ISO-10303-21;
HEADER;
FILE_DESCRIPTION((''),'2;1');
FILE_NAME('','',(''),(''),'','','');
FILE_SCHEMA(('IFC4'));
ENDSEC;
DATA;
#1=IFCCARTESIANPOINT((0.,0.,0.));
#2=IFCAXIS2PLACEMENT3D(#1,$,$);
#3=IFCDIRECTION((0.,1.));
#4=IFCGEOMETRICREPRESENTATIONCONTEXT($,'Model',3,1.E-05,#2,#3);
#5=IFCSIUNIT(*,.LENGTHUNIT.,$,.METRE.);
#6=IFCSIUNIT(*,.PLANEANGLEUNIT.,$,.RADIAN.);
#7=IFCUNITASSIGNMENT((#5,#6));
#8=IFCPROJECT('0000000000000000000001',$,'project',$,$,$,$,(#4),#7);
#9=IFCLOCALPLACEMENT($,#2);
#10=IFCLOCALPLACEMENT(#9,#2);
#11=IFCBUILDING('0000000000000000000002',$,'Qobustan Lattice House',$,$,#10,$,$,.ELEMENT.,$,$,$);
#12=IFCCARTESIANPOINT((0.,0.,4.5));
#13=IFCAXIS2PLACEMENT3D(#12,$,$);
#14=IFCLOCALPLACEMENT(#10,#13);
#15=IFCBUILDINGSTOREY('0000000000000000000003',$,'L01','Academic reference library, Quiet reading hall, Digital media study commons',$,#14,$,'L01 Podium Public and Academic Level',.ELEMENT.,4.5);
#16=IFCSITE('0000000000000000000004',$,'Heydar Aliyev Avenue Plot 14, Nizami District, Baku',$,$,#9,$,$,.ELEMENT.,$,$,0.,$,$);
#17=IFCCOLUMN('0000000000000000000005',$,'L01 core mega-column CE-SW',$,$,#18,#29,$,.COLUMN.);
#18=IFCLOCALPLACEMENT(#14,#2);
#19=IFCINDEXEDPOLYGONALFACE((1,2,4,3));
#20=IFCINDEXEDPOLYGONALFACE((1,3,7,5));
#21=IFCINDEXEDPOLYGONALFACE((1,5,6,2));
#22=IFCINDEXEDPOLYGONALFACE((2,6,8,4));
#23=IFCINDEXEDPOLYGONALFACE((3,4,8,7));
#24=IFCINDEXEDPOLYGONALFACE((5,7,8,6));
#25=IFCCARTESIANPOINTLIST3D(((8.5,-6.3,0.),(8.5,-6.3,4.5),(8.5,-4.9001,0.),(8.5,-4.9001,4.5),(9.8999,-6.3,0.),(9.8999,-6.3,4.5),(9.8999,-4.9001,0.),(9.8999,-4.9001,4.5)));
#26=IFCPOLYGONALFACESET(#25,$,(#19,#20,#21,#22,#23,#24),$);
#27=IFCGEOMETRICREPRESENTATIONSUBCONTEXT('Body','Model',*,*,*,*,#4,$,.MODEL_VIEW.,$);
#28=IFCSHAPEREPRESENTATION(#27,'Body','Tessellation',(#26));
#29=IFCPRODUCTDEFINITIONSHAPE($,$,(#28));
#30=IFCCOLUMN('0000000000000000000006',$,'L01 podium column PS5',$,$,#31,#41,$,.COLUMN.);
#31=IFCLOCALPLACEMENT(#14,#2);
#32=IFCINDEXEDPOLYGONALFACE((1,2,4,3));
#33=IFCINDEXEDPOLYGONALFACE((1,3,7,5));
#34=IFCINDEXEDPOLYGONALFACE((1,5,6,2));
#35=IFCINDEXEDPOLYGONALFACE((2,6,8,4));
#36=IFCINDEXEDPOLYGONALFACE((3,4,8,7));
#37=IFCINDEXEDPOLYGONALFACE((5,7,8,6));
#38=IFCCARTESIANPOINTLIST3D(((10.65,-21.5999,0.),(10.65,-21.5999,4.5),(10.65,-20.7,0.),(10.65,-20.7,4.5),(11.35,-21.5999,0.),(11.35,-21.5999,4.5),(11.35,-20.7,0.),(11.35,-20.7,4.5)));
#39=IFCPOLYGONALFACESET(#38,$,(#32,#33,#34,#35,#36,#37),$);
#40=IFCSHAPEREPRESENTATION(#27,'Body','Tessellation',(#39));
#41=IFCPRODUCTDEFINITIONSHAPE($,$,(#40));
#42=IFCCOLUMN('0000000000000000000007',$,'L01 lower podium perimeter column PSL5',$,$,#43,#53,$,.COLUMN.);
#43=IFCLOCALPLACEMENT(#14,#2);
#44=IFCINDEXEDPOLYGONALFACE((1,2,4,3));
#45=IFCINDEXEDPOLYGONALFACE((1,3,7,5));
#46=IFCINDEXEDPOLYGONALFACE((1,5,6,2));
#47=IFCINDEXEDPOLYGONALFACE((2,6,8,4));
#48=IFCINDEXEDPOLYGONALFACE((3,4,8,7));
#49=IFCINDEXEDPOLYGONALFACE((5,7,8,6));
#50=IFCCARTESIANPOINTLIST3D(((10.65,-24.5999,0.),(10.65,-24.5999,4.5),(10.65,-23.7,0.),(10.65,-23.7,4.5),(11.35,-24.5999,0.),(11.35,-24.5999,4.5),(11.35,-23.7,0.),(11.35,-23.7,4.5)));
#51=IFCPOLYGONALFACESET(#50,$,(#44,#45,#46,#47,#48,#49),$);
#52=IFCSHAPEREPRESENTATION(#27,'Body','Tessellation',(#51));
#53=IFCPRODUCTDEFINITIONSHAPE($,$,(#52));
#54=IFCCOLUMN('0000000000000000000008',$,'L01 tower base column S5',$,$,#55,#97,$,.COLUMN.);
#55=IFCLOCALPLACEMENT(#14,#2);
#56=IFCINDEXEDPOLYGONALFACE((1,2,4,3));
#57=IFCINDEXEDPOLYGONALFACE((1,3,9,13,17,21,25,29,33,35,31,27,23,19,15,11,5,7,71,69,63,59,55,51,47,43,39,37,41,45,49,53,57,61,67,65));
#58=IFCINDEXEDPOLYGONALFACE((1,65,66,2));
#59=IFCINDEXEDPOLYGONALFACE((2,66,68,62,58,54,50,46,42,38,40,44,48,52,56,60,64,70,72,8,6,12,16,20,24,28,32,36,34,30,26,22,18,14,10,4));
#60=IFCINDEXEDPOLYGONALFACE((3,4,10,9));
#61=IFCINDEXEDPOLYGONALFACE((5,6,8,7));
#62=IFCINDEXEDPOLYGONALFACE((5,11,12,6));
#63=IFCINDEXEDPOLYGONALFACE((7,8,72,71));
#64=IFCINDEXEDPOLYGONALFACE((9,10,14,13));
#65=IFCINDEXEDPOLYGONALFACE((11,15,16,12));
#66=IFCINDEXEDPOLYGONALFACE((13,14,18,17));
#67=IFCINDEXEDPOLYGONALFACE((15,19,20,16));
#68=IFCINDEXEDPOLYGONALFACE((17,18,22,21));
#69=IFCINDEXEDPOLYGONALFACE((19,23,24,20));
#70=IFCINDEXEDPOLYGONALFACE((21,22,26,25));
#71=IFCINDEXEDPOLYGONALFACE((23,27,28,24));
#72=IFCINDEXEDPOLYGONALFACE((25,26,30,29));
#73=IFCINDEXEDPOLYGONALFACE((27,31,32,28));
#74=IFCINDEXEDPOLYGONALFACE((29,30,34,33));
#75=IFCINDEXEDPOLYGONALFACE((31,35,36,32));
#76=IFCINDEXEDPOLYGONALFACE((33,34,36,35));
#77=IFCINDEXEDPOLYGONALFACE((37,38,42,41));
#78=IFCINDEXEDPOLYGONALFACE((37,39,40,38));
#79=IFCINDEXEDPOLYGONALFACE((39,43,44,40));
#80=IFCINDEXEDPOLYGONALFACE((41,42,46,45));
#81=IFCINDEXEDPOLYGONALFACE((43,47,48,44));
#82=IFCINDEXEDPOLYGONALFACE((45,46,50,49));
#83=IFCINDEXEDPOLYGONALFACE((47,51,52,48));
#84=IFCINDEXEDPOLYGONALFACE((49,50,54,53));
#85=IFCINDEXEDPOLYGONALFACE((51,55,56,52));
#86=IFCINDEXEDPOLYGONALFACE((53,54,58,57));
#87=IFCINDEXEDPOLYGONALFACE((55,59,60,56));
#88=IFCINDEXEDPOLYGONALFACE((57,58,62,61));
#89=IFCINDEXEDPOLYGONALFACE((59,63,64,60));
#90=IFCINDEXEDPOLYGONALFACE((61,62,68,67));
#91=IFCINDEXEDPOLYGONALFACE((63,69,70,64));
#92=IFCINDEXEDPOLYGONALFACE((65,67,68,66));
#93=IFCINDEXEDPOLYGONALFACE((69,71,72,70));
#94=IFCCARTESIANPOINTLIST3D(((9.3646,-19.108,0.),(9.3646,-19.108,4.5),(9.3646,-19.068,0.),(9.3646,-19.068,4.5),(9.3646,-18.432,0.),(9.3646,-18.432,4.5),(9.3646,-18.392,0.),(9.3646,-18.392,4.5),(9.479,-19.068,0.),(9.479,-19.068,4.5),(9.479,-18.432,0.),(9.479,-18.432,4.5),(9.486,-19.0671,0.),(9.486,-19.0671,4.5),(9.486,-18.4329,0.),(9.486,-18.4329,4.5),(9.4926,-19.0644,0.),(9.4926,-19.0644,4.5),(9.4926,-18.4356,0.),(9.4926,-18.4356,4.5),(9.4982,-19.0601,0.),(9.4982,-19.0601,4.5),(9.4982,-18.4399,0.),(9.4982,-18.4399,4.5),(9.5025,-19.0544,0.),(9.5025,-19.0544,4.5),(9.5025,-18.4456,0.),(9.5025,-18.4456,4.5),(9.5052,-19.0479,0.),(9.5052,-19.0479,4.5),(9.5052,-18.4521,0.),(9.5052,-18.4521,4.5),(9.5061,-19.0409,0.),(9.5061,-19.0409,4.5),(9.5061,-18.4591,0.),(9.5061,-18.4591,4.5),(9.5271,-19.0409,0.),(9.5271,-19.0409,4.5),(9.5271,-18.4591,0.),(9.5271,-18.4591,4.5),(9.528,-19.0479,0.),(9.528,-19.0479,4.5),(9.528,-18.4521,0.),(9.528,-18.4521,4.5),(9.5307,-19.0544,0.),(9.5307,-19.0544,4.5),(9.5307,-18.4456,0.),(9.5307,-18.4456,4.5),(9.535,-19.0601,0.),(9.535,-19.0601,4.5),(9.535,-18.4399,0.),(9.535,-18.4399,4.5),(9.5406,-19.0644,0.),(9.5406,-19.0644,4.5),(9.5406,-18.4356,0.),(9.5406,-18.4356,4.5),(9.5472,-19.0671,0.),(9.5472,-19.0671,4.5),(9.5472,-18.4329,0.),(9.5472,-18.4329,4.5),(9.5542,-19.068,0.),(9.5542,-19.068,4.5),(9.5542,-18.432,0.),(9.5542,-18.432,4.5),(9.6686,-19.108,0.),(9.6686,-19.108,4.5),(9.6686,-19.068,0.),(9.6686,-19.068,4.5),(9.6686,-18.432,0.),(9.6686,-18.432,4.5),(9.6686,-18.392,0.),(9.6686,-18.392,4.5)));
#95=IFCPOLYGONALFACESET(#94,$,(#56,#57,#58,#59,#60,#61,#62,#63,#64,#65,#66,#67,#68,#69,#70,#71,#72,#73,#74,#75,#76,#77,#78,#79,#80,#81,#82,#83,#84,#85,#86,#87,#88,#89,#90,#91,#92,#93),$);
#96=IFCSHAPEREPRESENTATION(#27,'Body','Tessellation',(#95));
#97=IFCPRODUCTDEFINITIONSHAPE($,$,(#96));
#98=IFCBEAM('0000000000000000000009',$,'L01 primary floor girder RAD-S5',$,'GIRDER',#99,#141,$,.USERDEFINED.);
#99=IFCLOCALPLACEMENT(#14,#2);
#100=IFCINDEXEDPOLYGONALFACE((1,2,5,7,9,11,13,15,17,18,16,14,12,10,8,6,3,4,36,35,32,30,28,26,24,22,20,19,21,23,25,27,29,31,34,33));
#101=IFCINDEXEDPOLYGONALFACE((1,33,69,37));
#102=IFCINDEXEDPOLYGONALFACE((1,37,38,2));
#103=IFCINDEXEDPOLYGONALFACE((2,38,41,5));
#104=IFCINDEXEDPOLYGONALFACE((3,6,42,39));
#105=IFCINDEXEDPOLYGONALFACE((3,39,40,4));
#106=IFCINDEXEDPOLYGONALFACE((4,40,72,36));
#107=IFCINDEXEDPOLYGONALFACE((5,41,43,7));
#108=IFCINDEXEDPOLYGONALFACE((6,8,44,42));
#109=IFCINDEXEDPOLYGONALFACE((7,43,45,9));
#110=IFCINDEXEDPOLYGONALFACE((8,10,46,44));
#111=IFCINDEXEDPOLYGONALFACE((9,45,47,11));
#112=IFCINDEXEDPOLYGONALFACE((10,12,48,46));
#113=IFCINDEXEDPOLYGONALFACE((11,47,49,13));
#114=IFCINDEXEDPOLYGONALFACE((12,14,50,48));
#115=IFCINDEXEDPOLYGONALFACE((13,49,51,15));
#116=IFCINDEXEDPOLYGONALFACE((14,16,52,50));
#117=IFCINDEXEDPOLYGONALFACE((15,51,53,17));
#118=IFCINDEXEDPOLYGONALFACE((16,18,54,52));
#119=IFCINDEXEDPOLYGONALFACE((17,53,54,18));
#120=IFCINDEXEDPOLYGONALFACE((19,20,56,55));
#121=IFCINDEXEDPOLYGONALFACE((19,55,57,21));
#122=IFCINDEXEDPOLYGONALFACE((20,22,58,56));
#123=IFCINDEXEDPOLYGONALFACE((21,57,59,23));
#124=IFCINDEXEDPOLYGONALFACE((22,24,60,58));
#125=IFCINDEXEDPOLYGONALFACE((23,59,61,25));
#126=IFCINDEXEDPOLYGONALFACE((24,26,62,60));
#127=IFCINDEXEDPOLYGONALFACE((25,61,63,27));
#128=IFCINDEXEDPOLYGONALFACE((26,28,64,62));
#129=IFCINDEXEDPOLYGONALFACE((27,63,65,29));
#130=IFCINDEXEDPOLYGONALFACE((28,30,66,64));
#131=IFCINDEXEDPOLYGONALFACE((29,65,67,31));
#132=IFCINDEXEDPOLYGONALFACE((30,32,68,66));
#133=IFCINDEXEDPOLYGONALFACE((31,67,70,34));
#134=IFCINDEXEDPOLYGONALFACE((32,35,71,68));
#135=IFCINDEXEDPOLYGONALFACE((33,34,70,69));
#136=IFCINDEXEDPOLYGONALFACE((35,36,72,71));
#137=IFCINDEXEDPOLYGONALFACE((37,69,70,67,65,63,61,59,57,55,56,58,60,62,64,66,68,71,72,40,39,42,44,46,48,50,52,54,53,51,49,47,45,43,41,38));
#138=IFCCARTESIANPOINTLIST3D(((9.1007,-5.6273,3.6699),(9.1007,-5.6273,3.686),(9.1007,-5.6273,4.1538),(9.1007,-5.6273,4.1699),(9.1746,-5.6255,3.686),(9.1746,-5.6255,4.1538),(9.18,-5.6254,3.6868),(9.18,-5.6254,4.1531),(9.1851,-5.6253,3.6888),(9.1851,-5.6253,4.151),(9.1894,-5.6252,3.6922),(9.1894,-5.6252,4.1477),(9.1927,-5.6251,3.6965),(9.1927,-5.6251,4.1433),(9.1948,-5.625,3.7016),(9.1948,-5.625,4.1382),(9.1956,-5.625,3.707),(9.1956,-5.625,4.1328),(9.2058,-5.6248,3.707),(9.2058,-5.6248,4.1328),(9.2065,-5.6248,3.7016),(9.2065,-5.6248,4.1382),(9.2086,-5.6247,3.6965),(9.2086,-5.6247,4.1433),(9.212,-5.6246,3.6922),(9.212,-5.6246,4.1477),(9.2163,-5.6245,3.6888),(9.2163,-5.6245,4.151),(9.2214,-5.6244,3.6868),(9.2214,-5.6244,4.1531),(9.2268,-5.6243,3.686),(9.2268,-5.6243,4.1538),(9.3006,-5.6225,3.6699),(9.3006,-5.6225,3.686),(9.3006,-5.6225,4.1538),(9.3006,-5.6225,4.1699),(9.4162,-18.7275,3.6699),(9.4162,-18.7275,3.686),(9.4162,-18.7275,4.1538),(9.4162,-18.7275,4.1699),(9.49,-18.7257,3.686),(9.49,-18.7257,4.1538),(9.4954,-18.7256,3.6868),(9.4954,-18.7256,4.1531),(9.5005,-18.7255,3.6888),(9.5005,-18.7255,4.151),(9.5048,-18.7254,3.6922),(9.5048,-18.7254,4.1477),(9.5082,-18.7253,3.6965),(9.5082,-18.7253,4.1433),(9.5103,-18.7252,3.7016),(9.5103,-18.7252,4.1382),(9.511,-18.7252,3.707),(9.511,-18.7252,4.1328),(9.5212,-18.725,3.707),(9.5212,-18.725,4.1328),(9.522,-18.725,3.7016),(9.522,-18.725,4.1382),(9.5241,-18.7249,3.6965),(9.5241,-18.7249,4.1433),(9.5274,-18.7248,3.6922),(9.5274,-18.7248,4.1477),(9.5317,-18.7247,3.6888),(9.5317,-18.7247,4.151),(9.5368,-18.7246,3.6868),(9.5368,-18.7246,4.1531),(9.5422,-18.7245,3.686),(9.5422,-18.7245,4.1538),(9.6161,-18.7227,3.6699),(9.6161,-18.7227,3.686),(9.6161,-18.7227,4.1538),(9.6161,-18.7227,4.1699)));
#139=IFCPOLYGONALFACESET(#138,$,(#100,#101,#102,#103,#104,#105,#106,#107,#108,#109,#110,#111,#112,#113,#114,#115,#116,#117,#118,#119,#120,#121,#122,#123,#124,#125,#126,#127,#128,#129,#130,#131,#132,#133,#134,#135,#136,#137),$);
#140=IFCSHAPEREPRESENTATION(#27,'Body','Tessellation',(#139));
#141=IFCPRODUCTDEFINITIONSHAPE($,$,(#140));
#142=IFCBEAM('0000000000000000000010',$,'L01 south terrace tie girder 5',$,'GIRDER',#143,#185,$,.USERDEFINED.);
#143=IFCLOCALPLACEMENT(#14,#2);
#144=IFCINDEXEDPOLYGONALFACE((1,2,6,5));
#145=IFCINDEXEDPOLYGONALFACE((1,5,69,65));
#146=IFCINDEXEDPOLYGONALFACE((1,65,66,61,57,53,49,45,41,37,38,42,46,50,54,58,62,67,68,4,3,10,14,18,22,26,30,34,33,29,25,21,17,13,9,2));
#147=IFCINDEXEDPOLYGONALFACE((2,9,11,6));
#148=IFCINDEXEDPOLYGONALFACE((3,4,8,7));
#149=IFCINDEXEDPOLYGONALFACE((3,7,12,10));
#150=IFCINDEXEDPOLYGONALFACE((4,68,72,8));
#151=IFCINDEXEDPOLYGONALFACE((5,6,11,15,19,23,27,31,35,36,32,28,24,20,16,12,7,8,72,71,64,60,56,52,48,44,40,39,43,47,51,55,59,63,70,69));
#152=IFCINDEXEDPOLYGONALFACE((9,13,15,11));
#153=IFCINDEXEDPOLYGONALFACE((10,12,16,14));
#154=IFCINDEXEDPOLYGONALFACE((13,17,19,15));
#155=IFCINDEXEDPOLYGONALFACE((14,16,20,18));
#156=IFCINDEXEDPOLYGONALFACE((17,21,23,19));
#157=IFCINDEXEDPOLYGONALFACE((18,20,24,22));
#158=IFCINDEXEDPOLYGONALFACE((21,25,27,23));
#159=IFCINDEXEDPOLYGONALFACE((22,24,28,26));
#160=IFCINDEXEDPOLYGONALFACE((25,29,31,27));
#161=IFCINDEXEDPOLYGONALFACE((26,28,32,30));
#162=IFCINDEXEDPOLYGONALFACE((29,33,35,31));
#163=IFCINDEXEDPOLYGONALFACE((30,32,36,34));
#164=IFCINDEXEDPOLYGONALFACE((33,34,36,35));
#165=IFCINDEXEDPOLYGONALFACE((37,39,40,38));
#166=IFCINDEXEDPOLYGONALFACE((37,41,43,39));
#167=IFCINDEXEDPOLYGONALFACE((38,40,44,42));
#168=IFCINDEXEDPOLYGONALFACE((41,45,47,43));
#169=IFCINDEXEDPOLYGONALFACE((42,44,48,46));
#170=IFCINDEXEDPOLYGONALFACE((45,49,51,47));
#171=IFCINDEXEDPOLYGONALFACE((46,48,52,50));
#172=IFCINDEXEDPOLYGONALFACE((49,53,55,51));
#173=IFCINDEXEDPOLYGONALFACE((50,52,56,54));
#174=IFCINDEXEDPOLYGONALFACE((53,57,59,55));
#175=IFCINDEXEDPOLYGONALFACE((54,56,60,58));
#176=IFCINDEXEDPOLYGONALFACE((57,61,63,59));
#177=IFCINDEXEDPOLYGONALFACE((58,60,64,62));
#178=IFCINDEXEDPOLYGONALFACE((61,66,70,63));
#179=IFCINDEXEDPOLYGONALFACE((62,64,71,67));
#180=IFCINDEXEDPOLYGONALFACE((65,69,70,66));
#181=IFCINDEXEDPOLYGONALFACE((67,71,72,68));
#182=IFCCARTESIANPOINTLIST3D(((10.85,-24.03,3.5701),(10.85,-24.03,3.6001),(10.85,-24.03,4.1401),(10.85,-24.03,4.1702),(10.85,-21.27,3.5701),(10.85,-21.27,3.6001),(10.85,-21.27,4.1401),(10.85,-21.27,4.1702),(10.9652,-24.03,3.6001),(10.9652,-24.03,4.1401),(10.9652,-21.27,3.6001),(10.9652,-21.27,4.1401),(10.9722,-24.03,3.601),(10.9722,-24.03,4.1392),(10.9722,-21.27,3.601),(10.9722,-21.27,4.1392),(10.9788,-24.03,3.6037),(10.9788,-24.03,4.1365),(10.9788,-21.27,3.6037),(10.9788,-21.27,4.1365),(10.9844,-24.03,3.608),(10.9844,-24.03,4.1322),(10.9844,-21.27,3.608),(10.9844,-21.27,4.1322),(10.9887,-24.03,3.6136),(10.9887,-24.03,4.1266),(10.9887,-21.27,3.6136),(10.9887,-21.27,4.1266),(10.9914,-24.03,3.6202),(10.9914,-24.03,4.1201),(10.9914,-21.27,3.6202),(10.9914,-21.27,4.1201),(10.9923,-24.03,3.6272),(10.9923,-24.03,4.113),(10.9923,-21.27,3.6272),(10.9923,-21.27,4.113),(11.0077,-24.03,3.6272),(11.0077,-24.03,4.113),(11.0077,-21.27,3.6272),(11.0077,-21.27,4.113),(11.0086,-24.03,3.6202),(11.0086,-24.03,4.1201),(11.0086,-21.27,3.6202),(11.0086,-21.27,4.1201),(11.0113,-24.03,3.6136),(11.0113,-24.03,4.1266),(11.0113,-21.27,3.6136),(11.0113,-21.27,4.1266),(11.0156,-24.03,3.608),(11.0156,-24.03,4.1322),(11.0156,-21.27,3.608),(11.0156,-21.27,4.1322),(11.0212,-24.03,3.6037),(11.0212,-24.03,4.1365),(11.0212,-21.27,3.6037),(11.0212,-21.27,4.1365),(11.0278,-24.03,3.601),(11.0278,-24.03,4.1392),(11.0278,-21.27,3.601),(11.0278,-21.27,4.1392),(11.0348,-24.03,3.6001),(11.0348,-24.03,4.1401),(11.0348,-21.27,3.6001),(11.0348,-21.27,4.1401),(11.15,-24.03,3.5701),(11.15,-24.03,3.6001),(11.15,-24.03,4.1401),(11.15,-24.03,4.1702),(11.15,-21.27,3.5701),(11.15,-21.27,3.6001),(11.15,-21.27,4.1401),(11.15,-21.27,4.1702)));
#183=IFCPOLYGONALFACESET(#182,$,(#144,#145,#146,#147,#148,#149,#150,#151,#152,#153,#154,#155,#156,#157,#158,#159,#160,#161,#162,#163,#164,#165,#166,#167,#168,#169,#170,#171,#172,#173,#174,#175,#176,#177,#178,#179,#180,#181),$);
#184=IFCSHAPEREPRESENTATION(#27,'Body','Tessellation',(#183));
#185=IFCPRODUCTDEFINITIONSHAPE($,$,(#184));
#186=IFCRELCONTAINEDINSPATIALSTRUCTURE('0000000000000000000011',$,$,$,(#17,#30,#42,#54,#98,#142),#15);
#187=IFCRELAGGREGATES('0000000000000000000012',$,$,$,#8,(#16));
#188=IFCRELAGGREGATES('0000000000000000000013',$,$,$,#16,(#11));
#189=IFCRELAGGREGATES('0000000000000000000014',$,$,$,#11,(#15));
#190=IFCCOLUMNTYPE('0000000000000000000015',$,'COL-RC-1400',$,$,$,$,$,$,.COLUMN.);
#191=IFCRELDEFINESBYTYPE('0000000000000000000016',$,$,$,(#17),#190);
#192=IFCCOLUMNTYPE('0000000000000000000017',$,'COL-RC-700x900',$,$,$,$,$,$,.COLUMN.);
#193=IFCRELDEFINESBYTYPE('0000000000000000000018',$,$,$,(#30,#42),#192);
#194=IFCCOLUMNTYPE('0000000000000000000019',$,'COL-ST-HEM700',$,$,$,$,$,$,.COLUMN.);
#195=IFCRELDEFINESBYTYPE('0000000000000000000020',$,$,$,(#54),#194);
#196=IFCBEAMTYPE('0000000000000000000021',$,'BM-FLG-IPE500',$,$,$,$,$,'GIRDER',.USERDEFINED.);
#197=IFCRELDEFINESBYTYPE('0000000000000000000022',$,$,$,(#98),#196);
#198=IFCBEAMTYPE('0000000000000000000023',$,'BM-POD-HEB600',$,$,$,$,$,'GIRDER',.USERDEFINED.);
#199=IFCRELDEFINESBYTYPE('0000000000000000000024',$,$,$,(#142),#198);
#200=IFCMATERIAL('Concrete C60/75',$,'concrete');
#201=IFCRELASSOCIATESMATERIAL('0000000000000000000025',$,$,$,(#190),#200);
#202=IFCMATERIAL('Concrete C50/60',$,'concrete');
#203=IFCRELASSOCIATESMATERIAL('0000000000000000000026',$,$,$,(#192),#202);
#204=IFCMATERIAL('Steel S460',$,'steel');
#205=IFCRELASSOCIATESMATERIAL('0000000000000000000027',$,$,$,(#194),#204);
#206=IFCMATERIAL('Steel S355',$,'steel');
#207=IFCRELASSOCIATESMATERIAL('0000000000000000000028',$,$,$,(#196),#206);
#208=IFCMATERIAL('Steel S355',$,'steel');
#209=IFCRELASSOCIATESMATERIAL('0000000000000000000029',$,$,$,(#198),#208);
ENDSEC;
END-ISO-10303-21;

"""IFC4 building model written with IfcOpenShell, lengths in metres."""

from ifc_helpers import new_model, si_unit, direction, frame, origin, origin_2d, place, context, subcontext, project, spatial, rectangle, i_section, extrude, material, material_profile, profile_set, type_object, element, save


model = new_model("IFC4")

# Units and contexts
model_context = context("Model", 3, precision=1e-05, world=origin(), true_north=direction((0.0, 1.0)))
body_context = subcontext(model_context, "Body", "Model", "MODEL_VIEW")
ifc_project = project(units=[si_unit("LENGTHUNIT", "METRE"), si_unit("PLANEANGLEUNIT", "RADIAN")], contexts=[model_context])

# Site, building, storey
site_placement = place(None, origin())
site = spatial("IfcSite", under=ifc_project, at=site_placement, Name="Heydar Aliyev Avenue Plot 14, Nizami District, Baku", CompositionType="ELEMENT", RefElevation=0.0)
building_placement = place(site_placement, origin())
building = spatial("IfcBuilding", under=site, at=building_placement, Name="Qobustan Lattice House", CompositionType="ELEMENT")
storey_placement = place(building_placement, frame((0.0, 0.0, 4.5)))
storey = spatial("IfcBuildingStorey", under=building, at=storey_placement, Name="L01", Description="Academic reference library, Quiet reading hall, Digital media study commons", LongName="L01 Podium Public and Academic Level", CompositionType="ELEMENT", Elevation=4.5)

# Columns
ifc_material_1 = material(Name="Concrete C60/75", Category="concrete")
ifc_material_profile_1 = material_profile(ifc_material_1, rectangle(XDim=1.3999, YDim=1.3999, at=origin_2d()), Name="RC1400x1400")
ifc_profile_set_1 = profile_set([ifc_material_profile_1], Name="Concrete C60/75")
column_type_1 = type_object("IfcColumnType", Name="COL-RC-1400", PredefinedType="COLUMN", material=ifc_profile_set_1)
column_1_placement = place(storey_placement, frame((9.2, -5.6001, 0.0), z_axis=(0.0, 0.0, 1.0), x_axis=(1.0, 0.0, 0.0)))
element("IfcColumn", 1, at=column_1_placement, inside=storey, type_object=column_type_1, Name="L01 core mega-column CE-SW", PredefinedType="COLUMN", context=body_context, shape_type="SweptSolid", body=[
    extrude(rectangle(XDim=1.3999, YDim=1.3999, at=origin_2d()), origin(), (0.0, 0.0, 1.0), 4.5),
])
ifc_material_2 = material(Name="Concrete C50/60", Category="concrete")
ifc_material_profile_2 = material_profile(ifc_material_2, rectangle(XDim=0.7, YDim=0.8999, at=origin_2d()), Name="RC700x900")
ifc_profile_set_2 = profile_set([ifc_material_profile_2], Name="Concrete C50/60")
column_type_2 = type_object("IfcColumnType", Name="COL-RC-700x900", PredefinedType="COLUMN", material=ifc_profile_set_2)
for number, where, z_axis, x_axis, name in (
    (2, (11.0, -21.1499, 0.0), (0.0, 0.0, 1.0), (1.0, 0.0, 0.0), "L01 podium column PS5"),
    (3, (11.0, -24.1499, 0.0), (0.0, 0.0, 1.0), (1.0, 0.0, 0.0), "L01 lower podium perimeter column PSL5"),
):
    element("IfcColumn", number, at=place(storey_placement, frame(where, z_axis=z_axis, x_axis=x_axis)), inside=storey, type_object=column_type_2, Name=name, PredefinedType="COLUMN", context=body_context, shape_type="SweptSolid", body=[
        extrude(rectangle(XDim=0.7, YDim=0.8999, at=origin_2d()), origin(), (0.0, 0.0, 1.0), 4.5),
    ])
ifc_material_3 = material(Name="Steel S460", Category="steel")
ifc_material_profile_3 = material_profile(ifc_material_3, i_section(OverallWidth=0.304, OverallDepth=0.7161, WebThickness=0.021, FlangeThickness=0.04, FilletRadius=0.0271, at=origin_2d()), Name="HEM700")
ifc_profile_set_3 = profile_set([ifc_material_profile_3], Name="Steel S460")
column_type_3 = type_object("IfcColumnType", Name="COL-ST-HEM700", PredefinedType="COLUMN", material=ifc_profile_set_3)
column_2_placement = place(storey_placement, frame((9.5166, -18.75, 0.0), z_axis=(0.0, 0.0, 1.0), x_axis=(1.0, 0.0, 0.0)))
element("IfcColumn", 4, at=column_2_placement, inside=storey, type_object=column_type_3, Name="L01 tower base column S5", PredefinedType="COLUMN", context=body_context, shape_type="SweptSolid", body=[
    extrude(i_section(OverallWidth=0.304, OverallDepth=0.7161, WebThickness=0.021, FlangeThickness=0.04, FilletRadius=0.0271, at=origin_2d()), origin(), (0.0, 0.0, 1.0), 4.5),
])

# Beams
ifc_material_4 = material(Name="Steel S355", Category="steel")
ifc_material_profile_4 = material_profile(ifc_material_4, i_section(OverallWidth=0.2, OverallDepth=0.5, WebThickness=0.0103, FlangeThickness=0.0161, FilletRadius=0.021, at=origin_2d()), Name="IPE500")
ifc_profile_set_4 = profile_set([ifc_material_profile_4], Name="Steel S355")
beam_type_1 = type_object("IfcBeamType", Name="BM-FLG-IPE500", ElementType="GIRDER", PredefinedType="USERDEFINED", material=ifc_profile_set_4)
beam_1_placement = place(storey_placement, frame((9.5161, -18.7251, 3.9199), z_axis=(-0.024071, 0.99971, 0.0), x_axis=(-0.99971, -0.024071, 0.0)))
element("IfcBeam", 5, at=beam_1_placement, inside=storey, type_object=beam_type_1, Name="L01 primary floor girder RAD-S5", ObjectType="GIRDER", PredefinedType="USERDEFINED", context=body_context, shape_type="SweptSolid", body=[
    extrude(i_section(OverallWidth=0.2, OverallDepth=0.5, WebThickness=0.0103, FlangeThickness=0.0161, FilletRadius=0.021, at=origin_2d()), origin(), (0.0, 0.0, 1.0), 13.104),
])
ifc_material_5 = material(Name="Steel S355", Category="steel")
ifc_material_profile_5 = material_profile(ifc_material_5, i_section(OverallWidth=0.3, OverallDepth=0.6001, WebThickness=0.0154, FlangeThickness=0.03, FilletRadius=0.0271, at=origin_2d()), Name="HEB600")
ifc_profile_set_5 = profile_set([ifc_material_profile_5], Name="Steel S355")
beam_type_2 = type_object("IfcBeamType", Name="BM-POD-HEB600", ElementType="GIRDER", PredefinedType="USERDEFINED", material=ifc_profile_set_5)
beam_2_placement = place(storey_placement, frame((11.0, -24.03, 3.8701), z_axis=(0.0, 1.0, 0.0), x_axis=(-1.0, 0.0, 0.0)))
element("IfcBeam", 6, at=beam_2_placement, inside=storey, type_object=beam_type_2, Name="L01 south terrace tie girder 5", ObjectType="GIRDER", PredefinedType="USERDEFINED", context=body_context, shape_type="SweptSolid", body=[
    extrude(i_section(OverallWidth=0.3, OverallDepth=0.6001, WebThickness=0.0154, FlangeThickness=0.03, FilletRadius=0.0271, at=origin_2d()), origin(), (0.0, 0.0, 1.0), 2.76),
])

save(model, "model.ifc")
